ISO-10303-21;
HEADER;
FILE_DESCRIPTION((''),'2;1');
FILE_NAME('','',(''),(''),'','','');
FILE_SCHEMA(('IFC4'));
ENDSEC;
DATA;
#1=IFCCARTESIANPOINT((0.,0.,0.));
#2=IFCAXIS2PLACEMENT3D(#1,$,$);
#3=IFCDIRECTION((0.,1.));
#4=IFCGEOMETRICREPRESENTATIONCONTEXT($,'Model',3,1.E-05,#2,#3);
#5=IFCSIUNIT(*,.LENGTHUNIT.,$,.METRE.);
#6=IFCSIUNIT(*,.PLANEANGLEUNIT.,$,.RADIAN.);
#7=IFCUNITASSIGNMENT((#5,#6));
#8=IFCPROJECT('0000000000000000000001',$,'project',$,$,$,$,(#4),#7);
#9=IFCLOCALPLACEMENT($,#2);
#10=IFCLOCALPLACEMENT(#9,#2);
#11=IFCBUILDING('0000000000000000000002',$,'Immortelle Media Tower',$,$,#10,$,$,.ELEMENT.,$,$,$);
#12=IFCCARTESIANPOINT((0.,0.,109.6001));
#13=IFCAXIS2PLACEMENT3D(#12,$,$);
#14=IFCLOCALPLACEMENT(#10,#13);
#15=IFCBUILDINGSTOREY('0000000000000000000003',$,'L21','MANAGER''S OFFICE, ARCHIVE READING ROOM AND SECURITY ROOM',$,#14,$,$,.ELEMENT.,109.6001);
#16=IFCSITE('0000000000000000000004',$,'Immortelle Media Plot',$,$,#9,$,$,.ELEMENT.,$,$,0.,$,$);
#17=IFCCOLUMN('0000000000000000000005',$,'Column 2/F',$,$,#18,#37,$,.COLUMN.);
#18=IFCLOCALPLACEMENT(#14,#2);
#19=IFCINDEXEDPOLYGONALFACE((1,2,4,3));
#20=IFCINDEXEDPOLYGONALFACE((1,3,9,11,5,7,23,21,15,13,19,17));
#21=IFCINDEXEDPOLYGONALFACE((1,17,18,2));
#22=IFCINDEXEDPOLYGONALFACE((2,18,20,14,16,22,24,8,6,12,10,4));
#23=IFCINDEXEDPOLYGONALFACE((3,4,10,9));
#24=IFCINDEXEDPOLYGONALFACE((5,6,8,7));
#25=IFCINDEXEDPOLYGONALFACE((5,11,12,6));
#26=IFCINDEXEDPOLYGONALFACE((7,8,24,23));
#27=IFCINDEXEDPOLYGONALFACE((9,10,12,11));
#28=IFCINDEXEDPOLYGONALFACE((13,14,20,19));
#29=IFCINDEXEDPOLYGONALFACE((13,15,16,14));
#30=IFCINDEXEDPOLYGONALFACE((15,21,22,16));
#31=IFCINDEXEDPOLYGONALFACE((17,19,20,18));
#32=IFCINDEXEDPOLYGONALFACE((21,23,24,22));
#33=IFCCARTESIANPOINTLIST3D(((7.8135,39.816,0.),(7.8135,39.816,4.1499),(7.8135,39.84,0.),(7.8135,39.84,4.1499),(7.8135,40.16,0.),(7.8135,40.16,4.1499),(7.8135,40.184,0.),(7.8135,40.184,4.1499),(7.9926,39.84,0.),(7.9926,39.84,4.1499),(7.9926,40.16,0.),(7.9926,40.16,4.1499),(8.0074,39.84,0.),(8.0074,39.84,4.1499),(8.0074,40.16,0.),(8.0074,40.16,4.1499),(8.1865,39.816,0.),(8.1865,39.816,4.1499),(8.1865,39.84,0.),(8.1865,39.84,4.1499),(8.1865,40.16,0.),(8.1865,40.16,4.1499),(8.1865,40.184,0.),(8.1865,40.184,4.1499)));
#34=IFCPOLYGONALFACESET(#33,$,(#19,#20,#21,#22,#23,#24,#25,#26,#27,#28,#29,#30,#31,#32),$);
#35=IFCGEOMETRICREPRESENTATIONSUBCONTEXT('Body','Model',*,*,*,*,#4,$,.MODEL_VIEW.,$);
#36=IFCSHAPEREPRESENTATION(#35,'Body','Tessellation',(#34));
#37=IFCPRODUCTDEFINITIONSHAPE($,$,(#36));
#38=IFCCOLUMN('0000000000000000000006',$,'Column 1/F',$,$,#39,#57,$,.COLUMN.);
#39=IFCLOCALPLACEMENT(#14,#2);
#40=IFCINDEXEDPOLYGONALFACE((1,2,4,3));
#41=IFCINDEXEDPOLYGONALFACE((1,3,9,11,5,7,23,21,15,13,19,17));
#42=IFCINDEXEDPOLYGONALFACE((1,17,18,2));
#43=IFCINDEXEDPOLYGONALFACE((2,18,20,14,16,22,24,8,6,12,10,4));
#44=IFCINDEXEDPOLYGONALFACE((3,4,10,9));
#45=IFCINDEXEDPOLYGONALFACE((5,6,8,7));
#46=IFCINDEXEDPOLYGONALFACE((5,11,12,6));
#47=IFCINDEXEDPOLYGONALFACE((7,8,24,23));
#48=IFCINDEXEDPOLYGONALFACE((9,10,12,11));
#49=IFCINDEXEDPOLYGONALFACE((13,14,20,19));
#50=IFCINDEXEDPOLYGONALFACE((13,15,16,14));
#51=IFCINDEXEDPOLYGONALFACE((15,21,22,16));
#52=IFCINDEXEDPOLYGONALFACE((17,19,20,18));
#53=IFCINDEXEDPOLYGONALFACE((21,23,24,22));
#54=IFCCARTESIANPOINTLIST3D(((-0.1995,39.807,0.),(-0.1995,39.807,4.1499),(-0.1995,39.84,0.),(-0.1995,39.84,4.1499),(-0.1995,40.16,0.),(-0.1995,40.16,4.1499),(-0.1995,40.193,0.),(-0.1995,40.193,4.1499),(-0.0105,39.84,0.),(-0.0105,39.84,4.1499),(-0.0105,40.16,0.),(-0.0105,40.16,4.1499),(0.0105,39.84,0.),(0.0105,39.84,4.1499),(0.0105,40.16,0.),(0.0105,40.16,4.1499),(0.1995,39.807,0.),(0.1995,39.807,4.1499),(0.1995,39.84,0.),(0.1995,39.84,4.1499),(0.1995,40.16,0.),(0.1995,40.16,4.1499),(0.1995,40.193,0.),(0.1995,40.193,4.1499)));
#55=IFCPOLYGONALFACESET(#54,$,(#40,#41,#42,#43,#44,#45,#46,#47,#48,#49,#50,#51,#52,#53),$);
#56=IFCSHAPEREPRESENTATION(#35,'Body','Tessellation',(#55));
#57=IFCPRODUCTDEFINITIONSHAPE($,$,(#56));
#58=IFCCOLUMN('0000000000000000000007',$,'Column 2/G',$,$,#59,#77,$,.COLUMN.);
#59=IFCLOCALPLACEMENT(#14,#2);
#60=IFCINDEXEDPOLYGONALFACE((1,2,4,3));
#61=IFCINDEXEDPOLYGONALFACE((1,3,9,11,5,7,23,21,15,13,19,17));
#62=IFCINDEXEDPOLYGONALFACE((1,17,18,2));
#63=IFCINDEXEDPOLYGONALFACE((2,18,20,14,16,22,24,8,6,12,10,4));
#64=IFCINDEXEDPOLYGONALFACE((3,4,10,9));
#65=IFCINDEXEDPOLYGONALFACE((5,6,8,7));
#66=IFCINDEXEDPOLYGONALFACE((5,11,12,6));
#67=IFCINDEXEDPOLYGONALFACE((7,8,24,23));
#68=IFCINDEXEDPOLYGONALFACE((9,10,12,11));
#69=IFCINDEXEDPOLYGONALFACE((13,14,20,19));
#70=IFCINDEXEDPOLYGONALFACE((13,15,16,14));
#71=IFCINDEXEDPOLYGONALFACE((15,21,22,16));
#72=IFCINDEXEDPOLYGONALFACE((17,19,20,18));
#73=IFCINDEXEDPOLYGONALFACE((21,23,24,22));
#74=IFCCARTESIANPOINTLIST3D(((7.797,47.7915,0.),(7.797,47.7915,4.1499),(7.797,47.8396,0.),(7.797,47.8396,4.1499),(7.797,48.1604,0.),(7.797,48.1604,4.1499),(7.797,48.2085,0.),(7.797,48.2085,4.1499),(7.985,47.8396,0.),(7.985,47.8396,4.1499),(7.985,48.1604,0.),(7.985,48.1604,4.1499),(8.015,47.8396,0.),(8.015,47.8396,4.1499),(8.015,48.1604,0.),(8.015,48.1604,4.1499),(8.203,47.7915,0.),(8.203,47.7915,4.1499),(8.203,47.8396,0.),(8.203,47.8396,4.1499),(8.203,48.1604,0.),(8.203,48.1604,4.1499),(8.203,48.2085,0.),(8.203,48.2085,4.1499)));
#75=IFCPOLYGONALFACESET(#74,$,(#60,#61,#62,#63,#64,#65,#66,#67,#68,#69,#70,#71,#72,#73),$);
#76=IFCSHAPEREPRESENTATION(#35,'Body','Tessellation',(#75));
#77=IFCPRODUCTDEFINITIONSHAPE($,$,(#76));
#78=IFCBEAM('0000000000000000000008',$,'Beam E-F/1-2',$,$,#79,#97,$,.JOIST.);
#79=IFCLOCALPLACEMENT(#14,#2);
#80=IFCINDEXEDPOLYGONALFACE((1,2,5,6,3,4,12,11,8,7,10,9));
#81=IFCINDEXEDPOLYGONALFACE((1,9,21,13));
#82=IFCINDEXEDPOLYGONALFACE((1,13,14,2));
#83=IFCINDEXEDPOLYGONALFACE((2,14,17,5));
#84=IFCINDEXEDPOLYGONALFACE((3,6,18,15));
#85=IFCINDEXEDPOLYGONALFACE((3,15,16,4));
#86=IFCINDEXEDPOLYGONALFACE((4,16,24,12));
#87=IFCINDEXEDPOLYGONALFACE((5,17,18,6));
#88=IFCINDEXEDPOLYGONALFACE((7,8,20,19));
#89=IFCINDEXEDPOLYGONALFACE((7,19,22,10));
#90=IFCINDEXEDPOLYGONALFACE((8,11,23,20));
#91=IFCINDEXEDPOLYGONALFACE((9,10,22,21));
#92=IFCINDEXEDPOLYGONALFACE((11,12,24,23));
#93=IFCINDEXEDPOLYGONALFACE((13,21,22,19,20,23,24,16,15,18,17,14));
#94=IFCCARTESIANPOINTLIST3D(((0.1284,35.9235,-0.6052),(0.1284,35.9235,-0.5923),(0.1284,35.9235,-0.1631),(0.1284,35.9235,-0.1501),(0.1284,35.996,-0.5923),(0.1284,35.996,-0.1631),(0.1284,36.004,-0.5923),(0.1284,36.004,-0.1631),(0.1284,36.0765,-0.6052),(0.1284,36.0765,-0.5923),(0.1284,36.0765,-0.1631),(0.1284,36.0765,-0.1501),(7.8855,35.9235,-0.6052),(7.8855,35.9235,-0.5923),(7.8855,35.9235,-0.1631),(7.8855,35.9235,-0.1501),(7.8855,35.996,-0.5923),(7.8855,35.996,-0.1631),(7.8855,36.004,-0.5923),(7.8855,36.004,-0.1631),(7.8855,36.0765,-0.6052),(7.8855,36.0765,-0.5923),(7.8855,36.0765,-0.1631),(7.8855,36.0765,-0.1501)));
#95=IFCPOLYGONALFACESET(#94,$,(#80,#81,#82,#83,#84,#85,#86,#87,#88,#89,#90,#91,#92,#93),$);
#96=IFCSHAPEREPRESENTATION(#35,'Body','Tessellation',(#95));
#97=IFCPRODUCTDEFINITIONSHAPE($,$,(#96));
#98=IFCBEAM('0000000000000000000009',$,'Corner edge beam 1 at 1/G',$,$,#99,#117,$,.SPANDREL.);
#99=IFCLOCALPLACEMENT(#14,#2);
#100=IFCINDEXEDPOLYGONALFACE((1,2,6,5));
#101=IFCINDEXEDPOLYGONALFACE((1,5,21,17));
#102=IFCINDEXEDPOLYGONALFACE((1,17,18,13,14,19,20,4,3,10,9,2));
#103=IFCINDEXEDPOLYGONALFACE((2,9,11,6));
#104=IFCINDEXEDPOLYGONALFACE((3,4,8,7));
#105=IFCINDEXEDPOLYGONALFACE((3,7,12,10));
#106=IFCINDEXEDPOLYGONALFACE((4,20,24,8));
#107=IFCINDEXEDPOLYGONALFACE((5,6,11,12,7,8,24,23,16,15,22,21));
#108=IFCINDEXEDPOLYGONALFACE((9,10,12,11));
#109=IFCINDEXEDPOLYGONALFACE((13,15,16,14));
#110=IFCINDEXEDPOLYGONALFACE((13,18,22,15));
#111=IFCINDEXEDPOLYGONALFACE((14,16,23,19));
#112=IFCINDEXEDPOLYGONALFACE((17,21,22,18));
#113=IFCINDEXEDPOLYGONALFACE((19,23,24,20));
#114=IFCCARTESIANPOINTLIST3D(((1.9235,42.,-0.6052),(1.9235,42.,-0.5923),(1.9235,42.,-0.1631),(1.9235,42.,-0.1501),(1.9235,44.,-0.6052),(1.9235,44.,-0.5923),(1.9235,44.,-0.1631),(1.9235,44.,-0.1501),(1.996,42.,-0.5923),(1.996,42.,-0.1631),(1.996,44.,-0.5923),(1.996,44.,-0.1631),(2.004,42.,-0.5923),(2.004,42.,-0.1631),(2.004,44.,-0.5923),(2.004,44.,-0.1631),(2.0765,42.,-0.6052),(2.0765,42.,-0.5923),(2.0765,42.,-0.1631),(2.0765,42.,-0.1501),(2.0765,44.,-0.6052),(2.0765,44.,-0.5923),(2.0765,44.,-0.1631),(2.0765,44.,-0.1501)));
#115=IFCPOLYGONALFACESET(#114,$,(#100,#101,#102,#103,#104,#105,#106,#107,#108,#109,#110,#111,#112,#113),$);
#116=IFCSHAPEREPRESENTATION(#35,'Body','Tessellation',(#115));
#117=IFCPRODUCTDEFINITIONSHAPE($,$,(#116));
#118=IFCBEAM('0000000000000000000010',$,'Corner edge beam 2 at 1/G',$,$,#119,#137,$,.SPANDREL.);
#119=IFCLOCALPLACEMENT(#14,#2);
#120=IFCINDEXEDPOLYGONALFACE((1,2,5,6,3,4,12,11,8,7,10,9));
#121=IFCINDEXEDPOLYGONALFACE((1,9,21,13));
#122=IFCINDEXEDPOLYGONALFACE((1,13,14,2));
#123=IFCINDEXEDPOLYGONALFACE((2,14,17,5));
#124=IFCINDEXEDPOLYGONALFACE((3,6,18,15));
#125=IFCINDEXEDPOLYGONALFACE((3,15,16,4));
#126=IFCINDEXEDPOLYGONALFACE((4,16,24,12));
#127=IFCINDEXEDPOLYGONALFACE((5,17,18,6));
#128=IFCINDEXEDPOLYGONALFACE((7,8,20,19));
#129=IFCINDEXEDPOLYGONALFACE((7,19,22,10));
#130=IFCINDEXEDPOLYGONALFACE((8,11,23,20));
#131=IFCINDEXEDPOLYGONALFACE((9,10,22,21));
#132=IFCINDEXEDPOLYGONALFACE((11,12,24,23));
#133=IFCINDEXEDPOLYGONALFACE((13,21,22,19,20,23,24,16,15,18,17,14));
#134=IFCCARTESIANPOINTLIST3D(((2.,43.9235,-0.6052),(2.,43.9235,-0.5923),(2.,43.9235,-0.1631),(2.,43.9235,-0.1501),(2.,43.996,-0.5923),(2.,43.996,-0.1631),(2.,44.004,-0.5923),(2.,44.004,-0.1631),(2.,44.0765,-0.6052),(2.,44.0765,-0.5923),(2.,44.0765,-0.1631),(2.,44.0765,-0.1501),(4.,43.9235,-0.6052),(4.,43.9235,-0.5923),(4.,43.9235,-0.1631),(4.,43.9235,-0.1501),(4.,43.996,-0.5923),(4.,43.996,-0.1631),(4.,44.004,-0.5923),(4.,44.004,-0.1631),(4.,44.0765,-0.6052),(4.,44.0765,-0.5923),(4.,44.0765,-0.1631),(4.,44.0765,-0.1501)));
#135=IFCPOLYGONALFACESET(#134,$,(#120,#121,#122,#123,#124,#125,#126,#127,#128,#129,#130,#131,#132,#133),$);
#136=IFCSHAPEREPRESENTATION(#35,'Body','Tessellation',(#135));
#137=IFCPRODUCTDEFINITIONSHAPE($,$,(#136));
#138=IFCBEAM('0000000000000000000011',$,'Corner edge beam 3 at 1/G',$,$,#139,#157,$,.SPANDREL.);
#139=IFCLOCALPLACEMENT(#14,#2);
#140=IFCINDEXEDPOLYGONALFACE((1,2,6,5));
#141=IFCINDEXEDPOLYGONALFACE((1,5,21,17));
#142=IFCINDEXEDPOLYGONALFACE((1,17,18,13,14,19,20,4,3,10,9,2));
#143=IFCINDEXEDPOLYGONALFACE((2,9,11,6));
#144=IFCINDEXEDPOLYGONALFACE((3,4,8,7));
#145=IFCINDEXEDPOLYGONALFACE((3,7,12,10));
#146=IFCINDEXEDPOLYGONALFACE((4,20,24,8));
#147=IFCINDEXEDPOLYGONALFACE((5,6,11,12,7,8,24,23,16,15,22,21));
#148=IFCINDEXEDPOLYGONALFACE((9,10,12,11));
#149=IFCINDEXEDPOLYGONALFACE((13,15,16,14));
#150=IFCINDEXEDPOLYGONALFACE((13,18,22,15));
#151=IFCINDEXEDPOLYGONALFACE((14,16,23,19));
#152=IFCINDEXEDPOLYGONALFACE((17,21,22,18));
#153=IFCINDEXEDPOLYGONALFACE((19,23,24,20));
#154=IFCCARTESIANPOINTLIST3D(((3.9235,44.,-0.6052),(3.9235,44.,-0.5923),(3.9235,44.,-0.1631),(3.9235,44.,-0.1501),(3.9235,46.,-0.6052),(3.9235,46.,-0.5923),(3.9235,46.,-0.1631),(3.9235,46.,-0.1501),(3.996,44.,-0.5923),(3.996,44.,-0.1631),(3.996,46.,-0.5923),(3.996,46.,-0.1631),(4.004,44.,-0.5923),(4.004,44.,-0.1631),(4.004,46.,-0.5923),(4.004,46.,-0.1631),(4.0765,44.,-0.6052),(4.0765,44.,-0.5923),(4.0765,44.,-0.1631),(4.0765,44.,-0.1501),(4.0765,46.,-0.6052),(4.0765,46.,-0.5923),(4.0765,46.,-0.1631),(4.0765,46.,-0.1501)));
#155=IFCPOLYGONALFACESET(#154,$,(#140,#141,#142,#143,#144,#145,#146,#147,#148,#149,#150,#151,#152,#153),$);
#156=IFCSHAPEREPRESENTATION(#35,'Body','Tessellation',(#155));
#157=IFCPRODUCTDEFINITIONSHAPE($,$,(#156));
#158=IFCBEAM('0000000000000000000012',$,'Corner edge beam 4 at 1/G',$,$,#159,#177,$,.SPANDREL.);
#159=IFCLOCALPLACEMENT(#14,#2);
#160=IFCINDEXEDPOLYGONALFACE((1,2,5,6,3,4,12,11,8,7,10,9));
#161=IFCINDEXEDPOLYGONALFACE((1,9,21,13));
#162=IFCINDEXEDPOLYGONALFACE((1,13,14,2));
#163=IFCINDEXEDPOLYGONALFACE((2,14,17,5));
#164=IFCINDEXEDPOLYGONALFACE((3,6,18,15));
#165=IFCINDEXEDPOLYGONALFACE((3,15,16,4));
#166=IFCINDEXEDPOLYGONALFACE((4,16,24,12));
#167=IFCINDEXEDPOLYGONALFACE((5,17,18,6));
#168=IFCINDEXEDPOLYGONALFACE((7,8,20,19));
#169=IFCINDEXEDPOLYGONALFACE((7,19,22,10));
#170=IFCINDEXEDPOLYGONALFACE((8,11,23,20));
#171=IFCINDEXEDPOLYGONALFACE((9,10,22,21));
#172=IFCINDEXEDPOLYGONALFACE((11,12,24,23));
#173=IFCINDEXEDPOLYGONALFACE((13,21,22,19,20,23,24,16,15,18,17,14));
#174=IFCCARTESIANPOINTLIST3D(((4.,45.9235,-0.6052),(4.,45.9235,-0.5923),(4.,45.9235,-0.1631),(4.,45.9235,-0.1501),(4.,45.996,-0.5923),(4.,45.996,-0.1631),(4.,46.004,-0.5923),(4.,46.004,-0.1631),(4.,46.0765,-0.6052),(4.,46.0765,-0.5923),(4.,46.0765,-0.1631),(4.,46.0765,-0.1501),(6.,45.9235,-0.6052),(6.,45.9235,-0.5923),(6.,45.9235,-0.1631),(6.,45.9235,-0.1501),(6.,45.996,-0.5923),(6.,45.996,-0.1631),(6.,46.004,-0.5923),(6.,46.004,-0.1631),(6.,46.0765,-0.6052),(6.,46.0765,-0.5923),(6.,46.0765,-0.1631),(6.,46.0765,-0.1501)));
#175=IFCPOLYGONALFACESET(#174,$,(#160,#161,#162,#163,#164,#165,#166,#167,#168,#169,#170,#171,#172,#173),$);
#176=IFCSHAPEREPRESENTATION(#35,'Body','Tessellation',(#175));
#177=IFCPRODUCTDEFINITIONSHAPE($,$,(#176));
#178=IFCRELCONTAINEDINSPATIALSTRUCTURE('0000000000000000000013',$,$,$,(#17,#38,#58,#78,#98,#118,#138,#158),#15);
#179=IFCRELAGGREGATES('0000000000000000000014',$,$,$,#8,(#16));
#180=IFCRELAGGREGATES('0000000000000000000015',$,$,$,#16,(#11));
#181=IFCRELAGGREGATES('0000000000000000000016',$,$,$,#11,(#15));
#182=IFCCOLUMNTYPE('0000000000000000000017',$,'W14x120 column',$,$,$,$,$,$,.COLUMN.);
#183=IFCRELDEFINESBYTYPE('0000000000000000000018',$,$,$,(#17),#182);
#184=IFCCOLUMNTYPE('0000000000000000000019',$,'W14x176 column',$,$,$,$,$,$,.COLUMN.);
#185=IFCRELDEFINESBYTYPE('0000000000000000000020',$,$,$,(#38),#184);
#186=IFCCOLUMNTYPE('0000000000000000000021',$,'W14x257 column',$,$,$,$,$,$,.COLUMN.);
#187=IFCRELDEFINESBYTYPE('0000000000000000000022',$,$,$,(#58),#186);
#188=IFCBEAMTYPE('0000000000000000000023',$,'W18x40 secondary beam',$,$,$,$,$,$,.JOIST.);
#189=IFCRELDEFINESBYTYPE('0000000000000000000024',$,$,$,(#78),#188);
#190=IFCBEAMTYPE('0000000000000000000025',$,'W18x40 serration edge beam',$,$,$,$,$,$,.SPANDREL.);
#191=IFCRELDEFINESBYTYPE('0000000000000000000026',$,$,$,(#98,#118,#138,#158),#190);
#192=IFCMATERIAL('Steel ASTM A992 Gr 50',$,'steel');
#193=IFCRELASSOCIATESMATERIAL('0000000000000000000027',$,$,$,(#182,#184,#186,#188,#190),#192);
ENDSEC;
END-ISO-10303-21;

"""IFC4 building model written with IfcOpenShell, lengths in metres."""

from ifc_helpers import new_model, si_unit, direction, frame, origin, origin_2d, place, context, subcontext, project, spatial, i_section, extrude, material, material_profile, profile_set, type_object, element, save


model = new_model("IFC4")

# Units and contexts
model_context = context("Model", 3, precision=1e-05, world=origin(), true_north=direction((0.0, 1.0)))
body_context = subcontext(model_context, "Body", "Model", "MODEL_VIEW")
ifc_project = project(units=[si_unit("LENGTHUNIT", "METRE"), si_unit("PLANEANGLEUNIT", "RADIAN")], contexts=[model_context])

# Site, building, storey
site_placement = place(None, origin())
site = spatial("IfcSite", under=ifc_project, at=site_placement, Name="Immortelle Media Plot", CompositionType="ELEMENT", RefElevation=0.0)
building_placement = place(site_placement, origin())
building = spatial("IfcBuilding", under=site, at=building_placement, Name="Immortelle Media Tower", CompositionType="ELEMENT")
storey_placement = place(building_placement, frame((0.0, 0.0, 109.6001)))
storey = spatial("IfcBuildingStorey", under=building, at=storey_placement, Name="L21", Description="MANAGER'S OFFICE, ARCHIVE READING ROOM AND SECURITY ROOM", CompositionType="ELEMENT", Elevation=109.6001)

# Columns
ifc_material_1 = material(Name="Steel ASTM A992 Gr 50", Category="steel")
ifc_material_profile_1 = material_profile(ifc_material_1, i_section(OverallWidth=0.373, OverallDepth=0.3679, WebThickness=0.0149, FlangeThickness=0.0239, at=origin_2d()), Name="W14x120")
ifc_profile_set_1 = profile_set([ifc_material_profile_1], Name="Steel ASTM A992 Gr 50")
column_type_1 = type_object("IfcColumnType", Name="W14x120 column", PredefinedType="COLUMN", material=ifc_profile_set_1)
column_1_placement = place(storey_placement, frame((8.0, 40.0, 0.0), z_axis=(0.0, 0.0, 1.0), x_axis=(1.0, 0.0, 0.0)))
element("IfcColumn", 1, at=column_1_placement, inside=storey, type_object=column_type_1, Name="Column 2/F", PredefinedType="COLUMN", context=body_context, shape_type="SweptSolid", body=[
    extrude(i_section(OverallWidth=0.373, OverallDepth=0.3679, WebThickness=0.0149, FlangeThickness=0.0239, at=origin_2d()), origin(), (0.0, 0.0, 1.0), 4.1499),
])
ifc_material_profile_2 = material_profile(ifc_material_1, i_section(OverallWidth=0.3989, OverallDepth=0.386, WebThickness=0.021, FlangeThickness=0.033, at=origin_2d()), Name="W14x176")
ifc_profile_set_2 = profile_set([ifc_material_profile_2], Name="Steel ASTM A992 Gr 50")
column_type_2 = type_object("IfcColumnType", Name="W14x176 column", PredefinedType="COLUMN", material=ifc_profile_set_2)
column_2_placement = place(storey_placement, frame((0.0, 40.0, 0.0), z_axis=(0.0, 0.0, 1.0), x_axis=(1.0, 0.0, 0.0)))
element("IfcColumn", 2, at=column_2_placement, inside=storey, type_object=column_type_2, Name="Column 1/F", PredefinedType="COLUMN", context=body_context, shape_type="SweptSolid", body=[
    extrude(i_section(OverallWidth=0.3989, OverallDepth=0.386, WebThickness=0.021, FlangeThickness=0.033, at=origin_2d()), origin(), (0.0, 0.0, 1.0), 4.1499),
])
ifc_material_profile_3 = material_profile(ifc_material_1, i_section(OverallWidth=0.406, OverallDepth=0.417, WebThickness=0.03, FlangeThickness=0.0481, at=origin_2d()), Name="W14x257")
ifc_profile_set_3 = profile_set([ifc_material_profile_3], Name="Steel ASTM A992 Gr 50")
column_type_3 = type_object("IfcColumnType", Name="W14x257 column", PredefinedType="COLUMN", material=ifc_profile_set_3)
column_3_placement = place(storey_placement, frame((8.0, 48.0, 0.0), z_axis=(0.0, 0.0, 1.0), x_axis=(1.0, 0.0, 0.0)))
element("IfcColumn", 3, at=column_3_placement, inside=storey, type_object=column_type_3, Name="Column 2/G", PredefinedType="COLUMN", context=body_context, shape_type="SweptSolid", body=[
    extrude(i_section(OverallWidth=0.406, OverallDepth=0.417, WebThickness=0.03, FlangeThickness=0.0481, at=origin_2d()), origin(), (0.0, 0.0, 1.0), 4.1499),
])

# Beams
ifc_material_profile_4 = material_profile(ifc_material_1, i_section(OverallWidth=0.1531, OverallDepth=0.4551, WebThickness=0.0081, FlangeThickness=0.0129, at=origin_2d()), Name="W18x40")
ifc_profile_set_4 = profile_set([ifc_material_profile_4], Name="Steel ASTM A992 Gr 50")
beam_type_1 = type_object("IfcBeamType", Name="W18x40 secondary beam", PredefinedType="JOIST", material=ifc_profile_set_4)
beam_1_placement = place(storey_placement, frame((0.1284, 36.0, -0.3777), z_axis=(1.0, 0.0, 0.0), x_axis=(0.0, 1.0, 0.0)))
element("IfcBeam", 4, at=beam_1_placement, inside=storey, type_object=beam_type_1, Name="Beam E-F/1-2", PredefinedType="JOIST", context=body_context, shape_type="SweptSolid", body=[
    extrude(i_section(OverallWidth=0.1531, OverallDepth=0.4551, WebThickness=0.0081, FlangeThickness=0.0129, at=origin_2d()), origin(), (0.0, 0.0, 1.0), 7.7571),
])
ifc_material_profile_5 = material_profile(ifc_material_1, i_section(OverallWidth=0.1531, OverallDepth=0.4551, WebThickness=0.0081, FlangeThickness=0.0129, at=origin_2d()), Name="W18x40")
ifc_profile_set_5 = profile_set([ifc_material_profile_5], Name="Steel ASTM A992 Gr 50")
beam_type_2 = type_object("IfcBeamType", Name="W18x40 serration edge beam", PredefinedType="SPANDREL", material=ifc_profile_set_5)
for number, where, z_axis, x_axis, name in (
    (5, (2.0, 42.0, -0.3777), (0.0, 1.0, 0.0), (-1.0, 0.0, 0.0), "Corner edge beam 1 at 1/G"),
    (6, (2.0, 44.0, -0.3777), (1.0, 0.0, 0.0), (0.0, 1.0, 0.0), "Corner edge beam 2 at 1/G"),
    (7, (4.0, 44.0, -0.3777), (0.0, 1.0, 0.0), (-1.0, 0.0, 0.0), "Corner edge beam 3 at 1/G"),
    (8, (4.0, 46.0, -0.3777), (1.0, 0.0, 0.0), (0.0, 1.0, 0.0), "Corner edge beam 4 at 1/G"),
):
    element("IfcBeam", number, at=place(storey_placement, frame(where, z_axis=z_axis, x_axis=x_axis)), inside=storey, type_object=beam_type_2, Name=name, PredefinedType="SPANDREL", context=body_context, shape_type="SweptSolid", body=[
        extrude(i_section(OverallWidth=0.1531, OverallDepth=0.4551, WebThickness=0.0081, FlangeThickness=0.0129, at=origin_2d()), origin(), (0.0, 0.0, 1.0), 2.0),
    ])

save(model, "model.ifc")
